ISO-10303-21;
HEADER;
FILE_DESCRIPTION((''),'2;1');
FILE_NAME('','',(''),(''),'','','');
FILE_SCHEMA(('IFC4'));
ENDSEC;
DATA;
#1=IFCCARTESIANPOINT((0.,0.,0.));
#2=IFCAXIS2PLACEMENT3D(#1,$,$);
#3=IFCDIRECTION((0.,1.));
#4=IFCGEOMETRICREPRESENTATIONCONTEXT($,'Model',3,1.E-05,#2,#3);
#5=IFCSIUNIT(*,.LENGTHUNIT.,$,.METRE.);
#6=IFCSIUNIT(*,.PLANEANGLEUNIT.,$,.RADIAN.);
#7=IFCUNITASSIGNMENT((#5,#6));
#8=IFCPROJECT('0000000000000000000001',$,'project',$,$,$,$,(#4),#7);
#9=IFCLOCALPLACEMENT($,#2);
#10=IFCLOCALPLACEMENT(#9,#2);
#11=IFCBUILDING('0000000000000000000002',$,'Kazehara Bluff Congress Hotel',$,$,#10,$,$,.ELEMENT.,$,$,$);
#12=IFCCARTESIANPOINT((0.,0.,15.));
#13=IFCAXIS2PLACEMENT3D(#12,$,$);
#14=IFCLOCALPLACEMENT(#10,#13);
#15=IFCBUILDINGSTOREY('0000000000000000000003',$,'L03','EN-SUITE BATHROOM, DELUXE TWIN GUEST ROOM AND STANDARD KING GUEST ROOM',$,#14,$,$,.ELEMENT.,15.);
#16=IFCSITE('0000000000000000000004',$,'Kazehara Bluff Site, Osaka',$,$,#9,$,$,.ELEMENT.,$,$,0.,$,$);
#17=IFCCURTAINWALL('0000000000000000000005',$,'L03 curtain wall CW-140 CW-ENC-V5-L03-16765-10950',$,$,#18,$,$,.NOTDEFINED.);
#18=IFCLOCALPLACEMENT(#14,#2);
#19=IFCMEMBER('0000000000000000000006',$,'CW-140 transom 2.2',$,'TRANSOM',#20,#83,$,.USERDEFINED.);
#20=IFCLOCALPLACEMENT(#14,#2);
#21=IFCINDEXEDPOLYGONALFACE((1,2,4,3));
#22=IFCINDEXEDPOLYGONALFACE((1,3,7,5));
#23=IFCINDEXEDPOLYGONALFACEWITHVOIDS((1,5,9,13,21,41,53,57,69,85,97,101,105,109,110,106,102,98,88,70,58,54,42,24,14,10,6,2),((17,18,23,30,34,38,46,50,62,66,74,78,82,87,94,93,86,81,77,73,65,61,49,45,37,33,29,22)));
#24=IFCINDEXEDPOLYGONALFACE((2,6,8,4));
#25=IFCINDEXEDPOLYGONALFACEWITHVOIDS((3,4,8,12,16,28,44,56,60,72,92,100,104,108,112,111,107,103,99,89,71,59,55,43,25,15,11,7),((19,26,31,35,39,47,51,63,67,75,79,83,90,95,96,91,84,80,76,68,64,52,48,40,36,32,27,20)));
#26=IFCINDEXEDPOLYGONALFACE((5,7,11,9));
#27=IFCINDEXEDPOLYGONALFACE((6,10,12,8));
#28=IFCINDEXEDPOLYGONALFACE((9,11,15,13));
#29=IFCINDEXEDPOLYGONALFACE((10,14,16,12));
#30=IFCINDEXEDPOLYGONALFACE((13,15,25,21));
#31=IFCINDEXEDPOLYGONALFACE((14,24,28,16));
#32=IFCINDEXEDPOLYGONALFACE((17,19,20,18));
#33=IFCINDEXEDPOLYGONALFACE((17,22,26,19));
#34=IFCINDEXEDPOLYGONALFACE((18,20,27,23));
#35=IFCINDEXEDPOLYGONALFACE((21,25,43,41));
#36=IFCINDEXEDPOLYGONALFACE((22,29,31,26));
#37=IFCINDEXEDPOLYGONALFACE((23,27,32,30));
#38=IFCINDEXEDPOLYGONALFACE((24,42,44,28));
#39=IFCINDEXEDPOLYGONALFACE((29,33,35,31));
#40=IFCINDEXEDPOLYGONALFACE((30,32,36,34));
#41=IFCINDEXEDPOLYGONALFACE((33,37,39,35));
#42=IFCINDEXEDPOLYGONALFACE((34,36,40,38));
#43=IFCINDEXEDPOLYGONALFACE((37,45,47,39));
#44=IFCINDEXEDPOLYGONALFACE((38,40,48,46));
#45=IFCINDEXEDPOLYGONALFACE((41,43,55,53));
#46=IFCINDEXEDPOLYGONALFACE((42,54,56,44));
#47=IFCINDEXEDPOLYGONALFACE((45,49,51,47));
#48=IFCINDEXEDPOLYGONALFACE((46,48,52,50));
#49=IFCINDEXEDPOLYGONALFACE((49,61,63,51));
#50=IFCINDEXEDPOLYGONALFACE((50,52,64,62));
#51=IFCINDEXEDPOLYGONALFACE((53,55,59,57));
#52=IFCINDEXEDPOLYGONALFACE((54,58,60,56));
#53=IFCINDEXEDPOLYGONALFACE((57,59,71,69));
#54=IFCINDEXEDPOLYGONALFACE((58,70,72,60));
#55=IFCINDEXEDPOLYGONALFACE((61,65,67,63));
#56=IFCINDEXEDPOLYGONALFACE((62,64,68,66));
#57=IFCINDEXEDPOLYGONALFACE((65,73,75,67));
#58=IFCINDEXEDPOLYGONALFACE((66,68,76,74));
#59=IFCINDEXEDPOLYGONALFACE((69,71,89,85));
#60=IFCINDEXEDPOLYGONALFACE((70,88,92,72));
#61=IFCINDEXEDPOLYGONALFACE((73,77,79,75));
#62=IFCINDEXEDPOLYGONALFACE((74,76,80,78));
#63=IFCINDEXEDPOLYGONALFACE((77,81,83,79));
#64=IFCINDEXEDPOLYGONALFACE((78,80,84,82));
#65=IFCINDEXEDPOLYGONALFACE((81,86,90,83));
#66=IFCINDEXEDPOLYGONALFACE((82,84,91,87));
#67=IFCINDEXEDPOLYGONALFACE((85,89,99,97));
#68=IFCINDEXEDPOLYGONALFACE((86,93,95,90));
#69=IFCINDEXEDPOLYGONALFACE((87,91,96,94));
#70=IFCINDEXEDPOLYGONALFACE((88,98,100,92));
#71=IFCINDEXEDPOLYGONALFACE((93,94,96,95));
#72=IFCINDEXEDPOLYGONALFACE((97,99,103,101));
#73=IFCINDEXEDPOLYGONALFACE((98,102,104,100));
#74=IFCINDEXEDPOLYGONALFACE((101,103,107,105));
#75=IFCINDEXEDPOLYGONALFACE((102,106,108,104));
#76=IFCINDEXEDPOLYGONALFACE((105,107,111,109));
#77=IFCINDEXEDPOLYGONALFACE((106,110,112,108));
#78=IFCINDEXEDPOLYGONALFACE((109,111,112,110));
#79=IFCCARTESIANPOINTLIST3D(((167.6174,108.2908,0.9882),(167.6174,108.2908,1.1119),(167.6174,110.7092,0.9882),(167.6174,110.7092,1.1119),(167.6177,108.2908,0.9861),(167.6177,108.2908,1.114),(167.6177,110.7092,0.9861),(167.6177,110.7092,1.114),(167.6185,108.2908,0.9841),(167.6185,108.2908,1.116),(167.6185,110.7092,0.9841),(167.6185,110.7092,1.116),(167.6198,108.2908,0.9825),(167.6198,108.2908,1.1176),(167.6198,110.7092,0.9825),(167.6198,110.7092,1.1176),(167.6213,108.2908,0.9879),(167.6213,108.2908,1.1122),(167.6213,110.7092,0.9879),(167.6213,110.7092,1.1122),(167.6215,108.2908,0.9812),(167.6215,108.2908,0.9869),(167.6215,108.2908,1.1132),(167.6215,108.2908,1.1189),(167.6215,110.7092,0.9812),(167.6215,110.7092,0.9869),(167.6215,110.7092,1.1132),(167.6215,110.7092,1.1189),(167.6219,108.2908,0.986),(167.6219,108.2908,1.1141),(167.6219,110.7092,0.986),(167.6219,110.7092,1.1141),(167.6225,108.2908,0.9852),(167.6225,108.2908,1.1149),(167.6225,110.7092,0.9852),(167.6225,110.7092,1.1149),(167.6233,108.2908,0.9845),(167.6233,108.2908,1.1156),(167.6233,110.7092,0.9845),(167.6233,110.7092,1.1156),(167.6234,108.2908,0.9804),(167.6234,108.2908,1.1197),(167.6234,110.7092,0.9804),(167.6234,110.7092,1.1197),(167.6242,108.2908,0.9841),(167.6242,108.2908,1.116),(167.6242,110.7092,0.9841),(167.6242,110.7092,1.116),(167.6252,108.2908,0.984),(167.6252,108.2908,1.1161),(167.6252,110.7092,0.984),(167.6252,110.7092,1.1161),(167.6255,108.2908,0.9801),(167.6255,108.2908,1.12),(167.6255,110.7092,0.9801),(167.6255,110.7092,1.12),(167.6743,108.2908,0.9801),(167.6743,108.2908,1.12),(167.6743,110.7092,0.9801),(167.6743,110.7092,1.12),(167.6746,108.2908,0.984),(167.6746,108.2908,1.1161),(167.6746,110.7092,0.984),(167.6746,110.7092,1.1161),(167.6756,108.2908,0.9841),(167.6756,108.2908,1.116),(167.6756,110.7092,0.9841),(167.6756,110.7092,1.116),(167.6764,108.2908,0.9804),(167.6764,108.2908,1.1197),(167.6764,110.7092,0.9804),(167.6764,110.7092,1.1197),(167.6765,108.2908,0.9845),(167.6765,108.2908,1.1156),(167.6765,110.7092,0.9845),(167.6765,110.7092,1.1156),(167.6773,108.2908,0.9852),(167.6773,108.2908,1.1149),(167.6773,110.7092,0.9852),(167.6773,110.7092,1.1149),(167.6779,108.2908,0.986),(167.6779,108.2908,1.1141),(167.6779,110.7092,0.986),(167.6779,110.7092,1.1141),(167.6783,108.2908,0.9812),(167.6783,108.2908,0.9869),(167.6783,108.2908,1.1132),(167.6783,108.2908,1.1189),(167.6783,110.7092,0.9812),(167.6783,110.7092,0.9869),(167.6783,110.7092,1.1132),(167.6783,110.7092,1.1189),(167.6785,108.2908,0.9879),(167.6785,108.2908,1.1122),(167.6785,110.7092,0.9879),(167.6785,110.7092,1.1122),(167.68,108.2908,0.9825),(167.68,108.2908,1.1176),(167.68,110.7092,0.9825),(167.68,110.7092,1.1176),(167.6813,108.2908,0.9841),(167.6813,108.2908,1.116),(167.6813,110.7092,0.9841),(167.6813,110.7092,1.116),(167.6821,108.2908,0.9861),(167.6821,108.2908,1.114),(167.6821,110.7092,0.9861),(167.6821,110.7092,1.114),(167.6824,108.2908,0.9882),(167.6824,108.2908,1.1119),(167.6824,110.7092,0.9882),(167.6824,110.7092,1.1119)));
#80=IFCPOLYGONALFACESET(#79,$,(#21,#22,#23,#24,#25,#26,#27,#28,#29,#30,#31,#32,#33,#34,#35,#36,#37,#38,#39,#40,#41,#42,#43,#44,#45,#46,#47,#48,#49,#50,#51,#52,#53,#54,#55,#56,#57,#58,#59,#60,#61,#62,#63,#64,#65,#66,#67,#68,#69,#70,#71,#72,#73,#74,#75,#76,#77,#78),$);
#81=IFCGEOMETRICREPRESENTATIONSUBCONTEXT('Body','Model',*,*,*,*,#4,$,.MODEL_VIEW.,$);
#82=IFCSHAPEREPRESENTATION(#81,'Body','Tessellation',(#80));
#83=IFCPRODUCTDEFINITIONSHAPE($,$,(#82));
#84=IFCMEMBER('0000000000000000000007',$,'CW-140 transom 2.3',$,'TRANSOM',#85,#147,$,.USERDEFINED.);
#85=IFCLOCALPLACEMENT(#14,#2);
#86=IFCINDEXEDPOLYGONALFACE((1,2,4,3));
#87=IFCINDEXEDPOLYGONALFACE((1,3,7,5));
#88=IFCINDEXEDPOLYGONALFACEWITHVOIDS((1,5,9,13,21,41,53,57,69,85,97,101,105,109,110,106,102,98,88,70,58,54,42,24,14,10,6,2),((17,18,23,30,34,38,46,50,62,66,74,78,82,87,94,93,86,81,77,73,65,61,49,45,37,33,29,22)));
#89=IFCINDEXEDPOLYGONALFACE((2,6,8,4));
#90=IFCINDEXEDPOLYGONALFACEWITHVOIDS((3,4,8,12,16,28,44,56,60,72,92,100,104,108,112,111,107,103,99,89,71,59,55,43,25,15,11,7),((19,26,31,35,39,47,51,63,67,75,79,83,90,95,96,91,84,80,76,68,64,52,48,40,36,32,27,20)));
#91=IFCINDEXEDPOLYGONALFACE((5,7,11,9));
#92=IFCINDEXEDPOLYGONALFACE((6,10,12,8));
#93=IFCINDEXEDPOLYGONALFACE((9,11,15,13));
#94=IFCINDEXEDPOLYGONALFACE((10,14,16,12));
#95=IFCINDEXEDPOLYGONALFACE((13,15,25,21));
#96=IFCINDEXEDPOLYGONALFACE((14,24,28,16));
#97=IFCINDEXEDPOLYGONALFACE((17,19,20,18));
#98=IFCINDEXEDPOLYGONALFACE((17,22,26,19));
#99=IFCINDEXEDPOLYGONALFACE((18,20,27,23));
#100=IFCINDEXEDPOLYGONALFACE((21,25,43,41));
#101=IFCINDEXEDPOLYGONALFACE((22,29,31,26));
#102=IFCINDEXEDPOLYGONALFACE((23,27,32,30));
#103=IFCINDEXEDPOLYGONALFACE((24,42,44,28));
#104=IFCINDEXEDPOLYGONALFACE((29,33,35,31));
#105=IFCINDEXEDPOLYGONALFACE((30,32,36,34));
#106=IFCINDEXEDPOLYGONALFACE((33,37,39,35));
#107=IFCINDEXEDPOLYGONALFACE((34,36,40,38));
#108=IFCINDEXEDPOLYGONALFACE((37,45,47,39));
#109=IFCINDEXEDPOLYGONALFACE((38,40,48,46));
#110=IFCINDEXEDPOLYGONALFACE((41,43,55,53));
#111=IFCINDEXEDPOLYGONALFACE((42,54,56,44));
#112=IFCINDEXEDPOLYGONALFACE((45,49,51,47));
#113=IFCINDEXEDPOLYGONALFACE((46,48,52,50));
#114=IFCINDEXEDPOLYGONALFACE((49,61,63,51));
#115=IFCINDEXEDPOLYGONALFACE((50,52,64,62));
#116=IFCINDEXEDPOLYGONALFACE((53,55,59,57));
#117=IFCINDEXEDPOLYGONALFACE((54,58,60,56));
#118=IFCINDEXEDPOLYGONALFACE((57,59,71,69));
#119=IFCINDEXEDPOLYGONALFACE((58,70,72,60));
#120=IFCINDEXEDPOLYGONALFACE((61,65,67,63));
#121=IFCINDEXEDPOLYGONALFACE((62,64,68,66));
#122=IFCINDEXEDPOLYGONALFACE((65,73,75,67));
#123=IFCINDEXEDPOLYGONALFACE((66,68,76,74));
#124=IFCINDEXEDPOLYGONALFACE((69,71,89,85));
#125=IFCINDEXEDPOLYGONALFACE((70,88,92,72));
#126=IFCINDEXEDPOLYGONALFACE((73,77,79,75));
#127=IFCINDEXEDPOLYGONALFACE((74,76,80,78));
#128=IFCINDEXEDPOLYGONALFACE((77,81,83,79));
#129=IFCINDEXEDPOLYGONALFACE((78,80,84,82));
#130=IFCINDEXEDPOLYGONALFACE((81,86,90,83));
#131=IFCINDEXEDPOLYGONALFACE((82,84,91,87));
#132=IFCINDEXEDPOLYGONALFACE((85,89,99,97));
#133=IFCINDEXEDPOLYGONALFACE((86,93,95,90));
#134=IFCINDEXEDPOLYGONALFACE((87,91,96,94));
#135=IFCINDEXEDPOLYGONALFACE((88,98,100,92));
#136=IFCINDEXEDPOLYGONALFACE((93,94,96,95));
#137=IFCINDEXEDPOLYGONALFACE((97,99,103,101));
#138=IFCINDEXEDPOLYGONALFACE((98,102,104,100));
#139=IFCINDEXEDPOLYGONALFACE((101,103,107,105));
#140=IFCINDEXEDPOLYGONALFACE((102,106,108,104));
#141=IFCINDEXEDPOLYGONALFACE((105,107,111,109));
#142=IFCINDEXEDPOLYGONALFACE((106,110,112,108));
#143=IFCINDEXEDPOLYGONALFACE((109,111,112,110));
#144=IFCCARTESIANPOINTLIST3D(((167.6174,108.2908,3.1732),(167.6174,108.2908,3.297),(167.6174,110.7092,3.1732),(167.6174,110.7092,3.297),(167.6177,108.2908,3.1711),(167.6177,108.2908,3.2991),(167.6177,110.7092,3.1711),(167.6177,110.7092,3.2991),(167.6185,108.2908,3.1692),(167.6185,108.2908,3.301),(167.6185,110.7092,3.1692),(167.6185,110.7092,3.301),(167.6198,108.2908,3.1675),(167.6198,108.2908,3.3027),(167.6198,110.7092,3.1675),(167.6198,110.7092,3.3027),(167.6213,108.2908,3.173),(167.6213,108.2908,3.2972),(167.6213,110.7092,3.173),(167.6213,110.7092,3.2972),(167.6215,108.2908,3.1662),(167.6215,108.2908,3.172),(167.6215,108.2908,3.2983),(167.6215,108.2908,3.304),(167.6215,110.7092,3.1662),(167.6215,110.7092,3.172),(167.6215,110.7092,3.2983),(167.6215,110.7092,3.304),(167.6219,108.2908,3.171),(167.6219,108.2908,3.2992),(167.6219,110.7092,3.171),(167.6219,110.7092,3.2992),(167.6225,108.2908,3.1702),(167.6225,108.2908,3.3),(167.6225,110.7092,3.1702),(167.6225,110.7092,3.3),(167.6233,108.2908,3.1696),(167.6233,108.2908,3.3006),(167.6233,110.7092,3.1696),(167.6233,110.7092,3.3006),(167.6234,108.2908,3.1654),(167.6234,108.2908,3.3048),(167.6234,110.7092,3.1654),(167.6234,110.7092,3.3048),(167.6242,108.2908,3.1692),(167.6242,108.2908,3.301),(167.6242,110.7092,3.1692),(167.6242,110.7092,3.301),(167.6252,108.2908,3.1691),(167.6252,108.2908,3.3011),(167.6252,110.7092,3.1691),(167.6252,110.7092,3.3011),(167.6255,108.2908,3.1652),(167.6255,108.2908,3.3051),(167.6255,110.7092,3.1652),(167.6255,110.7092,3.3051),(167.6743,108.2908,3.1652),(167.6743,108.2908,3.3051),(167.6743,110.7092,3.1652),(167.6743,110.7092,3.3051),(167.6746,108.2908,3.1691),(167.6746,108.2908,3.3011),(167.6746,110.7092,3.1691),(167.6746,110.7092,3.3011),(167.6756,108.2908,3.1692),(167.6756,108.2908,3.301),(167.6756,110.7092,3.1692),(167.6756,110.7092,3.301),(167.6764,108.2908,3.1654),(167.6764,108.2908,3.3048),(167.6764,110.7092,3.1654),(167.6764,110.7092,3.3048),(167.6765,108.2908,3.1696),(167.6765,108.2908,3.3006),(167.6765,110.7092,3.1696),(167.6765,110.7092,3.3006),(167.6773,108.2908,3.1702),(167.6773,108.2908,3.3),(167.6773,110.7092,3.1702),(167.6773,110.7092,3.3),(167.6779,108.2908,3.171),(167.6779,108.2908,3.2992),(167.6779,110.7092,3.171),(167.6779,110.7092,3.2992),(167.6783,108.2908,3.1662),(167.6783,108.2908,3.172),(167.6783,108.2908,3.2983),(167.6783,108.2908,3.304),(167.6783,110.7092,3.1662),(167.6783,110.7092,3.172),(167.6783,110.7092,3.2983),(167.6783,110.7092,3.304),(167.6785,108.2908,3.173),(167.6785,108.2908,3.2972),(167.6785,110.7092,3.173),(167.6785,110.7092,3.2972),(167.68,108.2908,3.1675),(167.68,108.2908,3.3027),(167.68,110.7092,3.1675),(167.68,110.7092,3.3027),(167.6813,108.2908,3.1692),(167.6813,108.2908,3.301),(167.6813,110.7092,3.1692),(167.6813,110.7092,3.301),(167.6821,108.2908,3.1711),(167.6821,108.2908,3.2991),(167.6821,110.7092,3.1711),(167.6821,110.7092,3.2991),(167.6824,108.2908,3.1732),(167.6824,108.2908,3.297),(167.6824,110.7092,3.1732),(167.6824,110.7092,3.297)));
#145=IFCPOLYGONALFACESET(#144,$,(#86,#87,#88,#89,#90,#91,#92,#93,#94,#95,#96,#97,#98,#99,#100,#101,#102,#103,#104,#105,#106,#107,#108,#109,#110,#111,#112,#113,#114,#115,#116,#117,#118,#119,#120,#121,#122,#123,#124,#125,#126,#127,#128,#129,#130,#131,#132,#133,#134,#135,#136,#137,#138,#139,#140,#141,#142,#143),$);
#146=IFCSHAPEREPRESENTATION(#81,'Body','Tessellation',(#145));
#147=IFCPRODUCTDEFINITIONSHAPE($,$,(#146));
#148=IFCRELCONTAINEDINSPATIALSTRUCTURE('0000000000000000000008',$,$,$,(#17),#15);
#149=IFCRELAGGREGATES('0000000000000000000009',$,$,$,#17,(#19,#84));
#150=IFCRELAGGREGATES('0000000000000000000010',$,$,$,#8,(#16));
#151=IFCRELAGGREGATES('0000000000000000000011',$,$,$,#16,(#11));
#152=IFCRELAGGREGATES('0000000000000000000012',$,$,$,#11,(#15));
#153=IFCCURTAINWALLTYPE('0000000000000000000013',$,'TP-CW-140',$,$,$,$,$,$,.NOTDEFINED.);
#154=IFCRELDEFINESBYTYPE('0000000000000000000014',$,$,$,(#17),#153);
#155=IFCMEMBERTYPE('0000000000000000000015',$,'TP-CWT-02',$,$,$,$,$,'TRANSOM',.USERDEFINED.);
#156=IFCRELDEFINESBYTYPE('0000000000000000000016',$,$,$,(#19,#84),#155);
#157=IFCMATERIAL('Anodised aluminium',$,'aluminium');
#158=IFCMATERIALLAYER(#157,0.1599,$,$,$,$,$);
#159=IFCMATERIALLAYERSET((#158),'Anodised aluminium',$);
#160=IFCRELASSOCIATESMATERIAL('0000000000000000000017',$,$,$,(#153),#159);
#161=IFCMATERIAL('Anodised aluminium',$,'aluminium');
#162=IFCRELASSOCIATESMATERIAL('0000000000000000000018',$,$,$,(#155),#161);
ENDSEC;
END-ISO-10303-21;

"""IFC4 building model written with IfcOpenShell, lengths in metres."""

from ifc_helpers import new_model, si_unit, direction, frame, origin, origin_2d, place, context, subcontext, project, spatial, hollow_rectangle, extrude, material, layer, layer_set, material_profile, profile_set, type_object, element, aggregate, save


model = new_model("IFC4")

# Units and contexts
model_context = context("Model", 3, precision=1e-05, world=origin(), true_north=direction((0.0, 1.0)))
body_context = subcontext(model_context, "Body", "Model", "MODEL_VIEW")
ifc_project = project(units=[si_unit("LENGTHUNIT", "METRE"), si_unit("PLANEANGLEUNIT", "RADIAN")], contexts=[model_context])

# Site, building, storey
site_placement = place(None, origin())
site = spatial("IfcSite", under=ifc_project, at=site_placement, Name="Kazehara Bluff Site, Osaka", CompositionType="ELEMENT", RefElevation=0.0)
building_placement = place(site_placement, origin())
building = spatial("IfcBuilding", under=site, at=building_placement, Name="Kazehara Bluff Congress Hotel", CompositionType="ELEMENT")
storey_placement = place(building_placement, frame((0.0, 0.0, 15.0)))
storey = spatial("IfcBuildingStorey", under=building, at=storey_placement, Name="L03", Description="EN-SUITE BATHROOM, DELUXE TWIN GUEST ROOM AND STANDARD KING GUEST ROOM", CompositionType="ELEMENT", Elevation=15.0)

# Curtain wall, members
ifc_material_1 = material(Name="Anodised aluminium", Category="aluminium")
ifc_layer_1 = layer(ifc_material_1, 0.1599)
ifc_layer_set_1 = layer_set([ifc_layer_1], Name="Anodised aluminium")
curtain_wall_type_1 = type_object("IfcCurtainWallType", Name="TP-CW-140", PredefinedType="NOTDEFINED", material=ifc_layer_set_1)
curtain_wall_1_placement = place(storey_placement, origin())
curtain_wall_1 = element("IfcCurtainWall", 1, at=curtain_wall_1_placement, inside=storey, type_object=curtain_wall_type_1, Name="L03 curtain wall CW-140 CW-ENC-V5-L03-16765-10950", PredefinedType="NOTDEFINED")
ifc_material_2 = material(Name="Anodised aluminium", Category="aluminium")
ifc_material_profile_1 = material_profile(ifc_material_2, hollow_rectangle(XDim=0.0649, YDim=0.1399, WallThickness=0.0039, InnerFilletRadius=0.0039, OuterFilletRadius=0.0081, at=origin_2d()))
ifc_profile_set_1 = profile_set([ifc_material_profile_1], Name="Anodised aluminium")
member_type_1 = type_object("IfcMemberType", Name="TP-CWT-02", ElementType="TRANSOM", PredefinedType="USERDEFINED", material=ifc_profile_set_1)
member_1_placement = place(storey_placement, frame((167.6499, 110.7092, 1.05), z_axis=(0.0, -1.0, 0.0), x_axis=(1.0, 0.0, 0.0)))
member_1 = element("IfcMember", 2, at=member_1_placement, type_object=member_type_1, Name="CW-140 transom 2.2", ObjectType="TRANSOM", PredefinedType="USERDEFINED", context=body_context, shape_type="SweptSolid", body=[
    extrude(hollow_rectangle(XDim=0.0649, YDim=0.1399, WallThickness=0.0039, InnerFilletRadius=0.0039, OuterFilletRadius=0.0081, at=origin_2d()), origin(), (0.0, 0.0, 1.0), 2.4185),
])
member_2_placement = place(storey_placement, frame((167.6499, 110.7092, 3.2351), z_axis=(0.0, -1.0, 0.0), x_axis=(1.0, 0.0, 0.0)))
member_2 = element("IfcMember", 3, at=member_2_placement, type_object=member_type_1, Name="CW-140 transom 2.3", ObjectType="TRANSOM", PredefinedType="USERDEFINED", context=body_context, shape_type="SweptSolid", body=[
    extrude(hollow_rectangle(XDim=0.0649, YDim=0.1399, WallThickness=0.0039, InnerFilletRadius=0.0039, OuterFilletRadius=0.0081, at=origin_2d()), origin(), (0.0, 0.0, 1.0), 2.4185),
])

aggregate(curtain_wall_1, [member_1, member_2])

save(model, "model.ifc")
